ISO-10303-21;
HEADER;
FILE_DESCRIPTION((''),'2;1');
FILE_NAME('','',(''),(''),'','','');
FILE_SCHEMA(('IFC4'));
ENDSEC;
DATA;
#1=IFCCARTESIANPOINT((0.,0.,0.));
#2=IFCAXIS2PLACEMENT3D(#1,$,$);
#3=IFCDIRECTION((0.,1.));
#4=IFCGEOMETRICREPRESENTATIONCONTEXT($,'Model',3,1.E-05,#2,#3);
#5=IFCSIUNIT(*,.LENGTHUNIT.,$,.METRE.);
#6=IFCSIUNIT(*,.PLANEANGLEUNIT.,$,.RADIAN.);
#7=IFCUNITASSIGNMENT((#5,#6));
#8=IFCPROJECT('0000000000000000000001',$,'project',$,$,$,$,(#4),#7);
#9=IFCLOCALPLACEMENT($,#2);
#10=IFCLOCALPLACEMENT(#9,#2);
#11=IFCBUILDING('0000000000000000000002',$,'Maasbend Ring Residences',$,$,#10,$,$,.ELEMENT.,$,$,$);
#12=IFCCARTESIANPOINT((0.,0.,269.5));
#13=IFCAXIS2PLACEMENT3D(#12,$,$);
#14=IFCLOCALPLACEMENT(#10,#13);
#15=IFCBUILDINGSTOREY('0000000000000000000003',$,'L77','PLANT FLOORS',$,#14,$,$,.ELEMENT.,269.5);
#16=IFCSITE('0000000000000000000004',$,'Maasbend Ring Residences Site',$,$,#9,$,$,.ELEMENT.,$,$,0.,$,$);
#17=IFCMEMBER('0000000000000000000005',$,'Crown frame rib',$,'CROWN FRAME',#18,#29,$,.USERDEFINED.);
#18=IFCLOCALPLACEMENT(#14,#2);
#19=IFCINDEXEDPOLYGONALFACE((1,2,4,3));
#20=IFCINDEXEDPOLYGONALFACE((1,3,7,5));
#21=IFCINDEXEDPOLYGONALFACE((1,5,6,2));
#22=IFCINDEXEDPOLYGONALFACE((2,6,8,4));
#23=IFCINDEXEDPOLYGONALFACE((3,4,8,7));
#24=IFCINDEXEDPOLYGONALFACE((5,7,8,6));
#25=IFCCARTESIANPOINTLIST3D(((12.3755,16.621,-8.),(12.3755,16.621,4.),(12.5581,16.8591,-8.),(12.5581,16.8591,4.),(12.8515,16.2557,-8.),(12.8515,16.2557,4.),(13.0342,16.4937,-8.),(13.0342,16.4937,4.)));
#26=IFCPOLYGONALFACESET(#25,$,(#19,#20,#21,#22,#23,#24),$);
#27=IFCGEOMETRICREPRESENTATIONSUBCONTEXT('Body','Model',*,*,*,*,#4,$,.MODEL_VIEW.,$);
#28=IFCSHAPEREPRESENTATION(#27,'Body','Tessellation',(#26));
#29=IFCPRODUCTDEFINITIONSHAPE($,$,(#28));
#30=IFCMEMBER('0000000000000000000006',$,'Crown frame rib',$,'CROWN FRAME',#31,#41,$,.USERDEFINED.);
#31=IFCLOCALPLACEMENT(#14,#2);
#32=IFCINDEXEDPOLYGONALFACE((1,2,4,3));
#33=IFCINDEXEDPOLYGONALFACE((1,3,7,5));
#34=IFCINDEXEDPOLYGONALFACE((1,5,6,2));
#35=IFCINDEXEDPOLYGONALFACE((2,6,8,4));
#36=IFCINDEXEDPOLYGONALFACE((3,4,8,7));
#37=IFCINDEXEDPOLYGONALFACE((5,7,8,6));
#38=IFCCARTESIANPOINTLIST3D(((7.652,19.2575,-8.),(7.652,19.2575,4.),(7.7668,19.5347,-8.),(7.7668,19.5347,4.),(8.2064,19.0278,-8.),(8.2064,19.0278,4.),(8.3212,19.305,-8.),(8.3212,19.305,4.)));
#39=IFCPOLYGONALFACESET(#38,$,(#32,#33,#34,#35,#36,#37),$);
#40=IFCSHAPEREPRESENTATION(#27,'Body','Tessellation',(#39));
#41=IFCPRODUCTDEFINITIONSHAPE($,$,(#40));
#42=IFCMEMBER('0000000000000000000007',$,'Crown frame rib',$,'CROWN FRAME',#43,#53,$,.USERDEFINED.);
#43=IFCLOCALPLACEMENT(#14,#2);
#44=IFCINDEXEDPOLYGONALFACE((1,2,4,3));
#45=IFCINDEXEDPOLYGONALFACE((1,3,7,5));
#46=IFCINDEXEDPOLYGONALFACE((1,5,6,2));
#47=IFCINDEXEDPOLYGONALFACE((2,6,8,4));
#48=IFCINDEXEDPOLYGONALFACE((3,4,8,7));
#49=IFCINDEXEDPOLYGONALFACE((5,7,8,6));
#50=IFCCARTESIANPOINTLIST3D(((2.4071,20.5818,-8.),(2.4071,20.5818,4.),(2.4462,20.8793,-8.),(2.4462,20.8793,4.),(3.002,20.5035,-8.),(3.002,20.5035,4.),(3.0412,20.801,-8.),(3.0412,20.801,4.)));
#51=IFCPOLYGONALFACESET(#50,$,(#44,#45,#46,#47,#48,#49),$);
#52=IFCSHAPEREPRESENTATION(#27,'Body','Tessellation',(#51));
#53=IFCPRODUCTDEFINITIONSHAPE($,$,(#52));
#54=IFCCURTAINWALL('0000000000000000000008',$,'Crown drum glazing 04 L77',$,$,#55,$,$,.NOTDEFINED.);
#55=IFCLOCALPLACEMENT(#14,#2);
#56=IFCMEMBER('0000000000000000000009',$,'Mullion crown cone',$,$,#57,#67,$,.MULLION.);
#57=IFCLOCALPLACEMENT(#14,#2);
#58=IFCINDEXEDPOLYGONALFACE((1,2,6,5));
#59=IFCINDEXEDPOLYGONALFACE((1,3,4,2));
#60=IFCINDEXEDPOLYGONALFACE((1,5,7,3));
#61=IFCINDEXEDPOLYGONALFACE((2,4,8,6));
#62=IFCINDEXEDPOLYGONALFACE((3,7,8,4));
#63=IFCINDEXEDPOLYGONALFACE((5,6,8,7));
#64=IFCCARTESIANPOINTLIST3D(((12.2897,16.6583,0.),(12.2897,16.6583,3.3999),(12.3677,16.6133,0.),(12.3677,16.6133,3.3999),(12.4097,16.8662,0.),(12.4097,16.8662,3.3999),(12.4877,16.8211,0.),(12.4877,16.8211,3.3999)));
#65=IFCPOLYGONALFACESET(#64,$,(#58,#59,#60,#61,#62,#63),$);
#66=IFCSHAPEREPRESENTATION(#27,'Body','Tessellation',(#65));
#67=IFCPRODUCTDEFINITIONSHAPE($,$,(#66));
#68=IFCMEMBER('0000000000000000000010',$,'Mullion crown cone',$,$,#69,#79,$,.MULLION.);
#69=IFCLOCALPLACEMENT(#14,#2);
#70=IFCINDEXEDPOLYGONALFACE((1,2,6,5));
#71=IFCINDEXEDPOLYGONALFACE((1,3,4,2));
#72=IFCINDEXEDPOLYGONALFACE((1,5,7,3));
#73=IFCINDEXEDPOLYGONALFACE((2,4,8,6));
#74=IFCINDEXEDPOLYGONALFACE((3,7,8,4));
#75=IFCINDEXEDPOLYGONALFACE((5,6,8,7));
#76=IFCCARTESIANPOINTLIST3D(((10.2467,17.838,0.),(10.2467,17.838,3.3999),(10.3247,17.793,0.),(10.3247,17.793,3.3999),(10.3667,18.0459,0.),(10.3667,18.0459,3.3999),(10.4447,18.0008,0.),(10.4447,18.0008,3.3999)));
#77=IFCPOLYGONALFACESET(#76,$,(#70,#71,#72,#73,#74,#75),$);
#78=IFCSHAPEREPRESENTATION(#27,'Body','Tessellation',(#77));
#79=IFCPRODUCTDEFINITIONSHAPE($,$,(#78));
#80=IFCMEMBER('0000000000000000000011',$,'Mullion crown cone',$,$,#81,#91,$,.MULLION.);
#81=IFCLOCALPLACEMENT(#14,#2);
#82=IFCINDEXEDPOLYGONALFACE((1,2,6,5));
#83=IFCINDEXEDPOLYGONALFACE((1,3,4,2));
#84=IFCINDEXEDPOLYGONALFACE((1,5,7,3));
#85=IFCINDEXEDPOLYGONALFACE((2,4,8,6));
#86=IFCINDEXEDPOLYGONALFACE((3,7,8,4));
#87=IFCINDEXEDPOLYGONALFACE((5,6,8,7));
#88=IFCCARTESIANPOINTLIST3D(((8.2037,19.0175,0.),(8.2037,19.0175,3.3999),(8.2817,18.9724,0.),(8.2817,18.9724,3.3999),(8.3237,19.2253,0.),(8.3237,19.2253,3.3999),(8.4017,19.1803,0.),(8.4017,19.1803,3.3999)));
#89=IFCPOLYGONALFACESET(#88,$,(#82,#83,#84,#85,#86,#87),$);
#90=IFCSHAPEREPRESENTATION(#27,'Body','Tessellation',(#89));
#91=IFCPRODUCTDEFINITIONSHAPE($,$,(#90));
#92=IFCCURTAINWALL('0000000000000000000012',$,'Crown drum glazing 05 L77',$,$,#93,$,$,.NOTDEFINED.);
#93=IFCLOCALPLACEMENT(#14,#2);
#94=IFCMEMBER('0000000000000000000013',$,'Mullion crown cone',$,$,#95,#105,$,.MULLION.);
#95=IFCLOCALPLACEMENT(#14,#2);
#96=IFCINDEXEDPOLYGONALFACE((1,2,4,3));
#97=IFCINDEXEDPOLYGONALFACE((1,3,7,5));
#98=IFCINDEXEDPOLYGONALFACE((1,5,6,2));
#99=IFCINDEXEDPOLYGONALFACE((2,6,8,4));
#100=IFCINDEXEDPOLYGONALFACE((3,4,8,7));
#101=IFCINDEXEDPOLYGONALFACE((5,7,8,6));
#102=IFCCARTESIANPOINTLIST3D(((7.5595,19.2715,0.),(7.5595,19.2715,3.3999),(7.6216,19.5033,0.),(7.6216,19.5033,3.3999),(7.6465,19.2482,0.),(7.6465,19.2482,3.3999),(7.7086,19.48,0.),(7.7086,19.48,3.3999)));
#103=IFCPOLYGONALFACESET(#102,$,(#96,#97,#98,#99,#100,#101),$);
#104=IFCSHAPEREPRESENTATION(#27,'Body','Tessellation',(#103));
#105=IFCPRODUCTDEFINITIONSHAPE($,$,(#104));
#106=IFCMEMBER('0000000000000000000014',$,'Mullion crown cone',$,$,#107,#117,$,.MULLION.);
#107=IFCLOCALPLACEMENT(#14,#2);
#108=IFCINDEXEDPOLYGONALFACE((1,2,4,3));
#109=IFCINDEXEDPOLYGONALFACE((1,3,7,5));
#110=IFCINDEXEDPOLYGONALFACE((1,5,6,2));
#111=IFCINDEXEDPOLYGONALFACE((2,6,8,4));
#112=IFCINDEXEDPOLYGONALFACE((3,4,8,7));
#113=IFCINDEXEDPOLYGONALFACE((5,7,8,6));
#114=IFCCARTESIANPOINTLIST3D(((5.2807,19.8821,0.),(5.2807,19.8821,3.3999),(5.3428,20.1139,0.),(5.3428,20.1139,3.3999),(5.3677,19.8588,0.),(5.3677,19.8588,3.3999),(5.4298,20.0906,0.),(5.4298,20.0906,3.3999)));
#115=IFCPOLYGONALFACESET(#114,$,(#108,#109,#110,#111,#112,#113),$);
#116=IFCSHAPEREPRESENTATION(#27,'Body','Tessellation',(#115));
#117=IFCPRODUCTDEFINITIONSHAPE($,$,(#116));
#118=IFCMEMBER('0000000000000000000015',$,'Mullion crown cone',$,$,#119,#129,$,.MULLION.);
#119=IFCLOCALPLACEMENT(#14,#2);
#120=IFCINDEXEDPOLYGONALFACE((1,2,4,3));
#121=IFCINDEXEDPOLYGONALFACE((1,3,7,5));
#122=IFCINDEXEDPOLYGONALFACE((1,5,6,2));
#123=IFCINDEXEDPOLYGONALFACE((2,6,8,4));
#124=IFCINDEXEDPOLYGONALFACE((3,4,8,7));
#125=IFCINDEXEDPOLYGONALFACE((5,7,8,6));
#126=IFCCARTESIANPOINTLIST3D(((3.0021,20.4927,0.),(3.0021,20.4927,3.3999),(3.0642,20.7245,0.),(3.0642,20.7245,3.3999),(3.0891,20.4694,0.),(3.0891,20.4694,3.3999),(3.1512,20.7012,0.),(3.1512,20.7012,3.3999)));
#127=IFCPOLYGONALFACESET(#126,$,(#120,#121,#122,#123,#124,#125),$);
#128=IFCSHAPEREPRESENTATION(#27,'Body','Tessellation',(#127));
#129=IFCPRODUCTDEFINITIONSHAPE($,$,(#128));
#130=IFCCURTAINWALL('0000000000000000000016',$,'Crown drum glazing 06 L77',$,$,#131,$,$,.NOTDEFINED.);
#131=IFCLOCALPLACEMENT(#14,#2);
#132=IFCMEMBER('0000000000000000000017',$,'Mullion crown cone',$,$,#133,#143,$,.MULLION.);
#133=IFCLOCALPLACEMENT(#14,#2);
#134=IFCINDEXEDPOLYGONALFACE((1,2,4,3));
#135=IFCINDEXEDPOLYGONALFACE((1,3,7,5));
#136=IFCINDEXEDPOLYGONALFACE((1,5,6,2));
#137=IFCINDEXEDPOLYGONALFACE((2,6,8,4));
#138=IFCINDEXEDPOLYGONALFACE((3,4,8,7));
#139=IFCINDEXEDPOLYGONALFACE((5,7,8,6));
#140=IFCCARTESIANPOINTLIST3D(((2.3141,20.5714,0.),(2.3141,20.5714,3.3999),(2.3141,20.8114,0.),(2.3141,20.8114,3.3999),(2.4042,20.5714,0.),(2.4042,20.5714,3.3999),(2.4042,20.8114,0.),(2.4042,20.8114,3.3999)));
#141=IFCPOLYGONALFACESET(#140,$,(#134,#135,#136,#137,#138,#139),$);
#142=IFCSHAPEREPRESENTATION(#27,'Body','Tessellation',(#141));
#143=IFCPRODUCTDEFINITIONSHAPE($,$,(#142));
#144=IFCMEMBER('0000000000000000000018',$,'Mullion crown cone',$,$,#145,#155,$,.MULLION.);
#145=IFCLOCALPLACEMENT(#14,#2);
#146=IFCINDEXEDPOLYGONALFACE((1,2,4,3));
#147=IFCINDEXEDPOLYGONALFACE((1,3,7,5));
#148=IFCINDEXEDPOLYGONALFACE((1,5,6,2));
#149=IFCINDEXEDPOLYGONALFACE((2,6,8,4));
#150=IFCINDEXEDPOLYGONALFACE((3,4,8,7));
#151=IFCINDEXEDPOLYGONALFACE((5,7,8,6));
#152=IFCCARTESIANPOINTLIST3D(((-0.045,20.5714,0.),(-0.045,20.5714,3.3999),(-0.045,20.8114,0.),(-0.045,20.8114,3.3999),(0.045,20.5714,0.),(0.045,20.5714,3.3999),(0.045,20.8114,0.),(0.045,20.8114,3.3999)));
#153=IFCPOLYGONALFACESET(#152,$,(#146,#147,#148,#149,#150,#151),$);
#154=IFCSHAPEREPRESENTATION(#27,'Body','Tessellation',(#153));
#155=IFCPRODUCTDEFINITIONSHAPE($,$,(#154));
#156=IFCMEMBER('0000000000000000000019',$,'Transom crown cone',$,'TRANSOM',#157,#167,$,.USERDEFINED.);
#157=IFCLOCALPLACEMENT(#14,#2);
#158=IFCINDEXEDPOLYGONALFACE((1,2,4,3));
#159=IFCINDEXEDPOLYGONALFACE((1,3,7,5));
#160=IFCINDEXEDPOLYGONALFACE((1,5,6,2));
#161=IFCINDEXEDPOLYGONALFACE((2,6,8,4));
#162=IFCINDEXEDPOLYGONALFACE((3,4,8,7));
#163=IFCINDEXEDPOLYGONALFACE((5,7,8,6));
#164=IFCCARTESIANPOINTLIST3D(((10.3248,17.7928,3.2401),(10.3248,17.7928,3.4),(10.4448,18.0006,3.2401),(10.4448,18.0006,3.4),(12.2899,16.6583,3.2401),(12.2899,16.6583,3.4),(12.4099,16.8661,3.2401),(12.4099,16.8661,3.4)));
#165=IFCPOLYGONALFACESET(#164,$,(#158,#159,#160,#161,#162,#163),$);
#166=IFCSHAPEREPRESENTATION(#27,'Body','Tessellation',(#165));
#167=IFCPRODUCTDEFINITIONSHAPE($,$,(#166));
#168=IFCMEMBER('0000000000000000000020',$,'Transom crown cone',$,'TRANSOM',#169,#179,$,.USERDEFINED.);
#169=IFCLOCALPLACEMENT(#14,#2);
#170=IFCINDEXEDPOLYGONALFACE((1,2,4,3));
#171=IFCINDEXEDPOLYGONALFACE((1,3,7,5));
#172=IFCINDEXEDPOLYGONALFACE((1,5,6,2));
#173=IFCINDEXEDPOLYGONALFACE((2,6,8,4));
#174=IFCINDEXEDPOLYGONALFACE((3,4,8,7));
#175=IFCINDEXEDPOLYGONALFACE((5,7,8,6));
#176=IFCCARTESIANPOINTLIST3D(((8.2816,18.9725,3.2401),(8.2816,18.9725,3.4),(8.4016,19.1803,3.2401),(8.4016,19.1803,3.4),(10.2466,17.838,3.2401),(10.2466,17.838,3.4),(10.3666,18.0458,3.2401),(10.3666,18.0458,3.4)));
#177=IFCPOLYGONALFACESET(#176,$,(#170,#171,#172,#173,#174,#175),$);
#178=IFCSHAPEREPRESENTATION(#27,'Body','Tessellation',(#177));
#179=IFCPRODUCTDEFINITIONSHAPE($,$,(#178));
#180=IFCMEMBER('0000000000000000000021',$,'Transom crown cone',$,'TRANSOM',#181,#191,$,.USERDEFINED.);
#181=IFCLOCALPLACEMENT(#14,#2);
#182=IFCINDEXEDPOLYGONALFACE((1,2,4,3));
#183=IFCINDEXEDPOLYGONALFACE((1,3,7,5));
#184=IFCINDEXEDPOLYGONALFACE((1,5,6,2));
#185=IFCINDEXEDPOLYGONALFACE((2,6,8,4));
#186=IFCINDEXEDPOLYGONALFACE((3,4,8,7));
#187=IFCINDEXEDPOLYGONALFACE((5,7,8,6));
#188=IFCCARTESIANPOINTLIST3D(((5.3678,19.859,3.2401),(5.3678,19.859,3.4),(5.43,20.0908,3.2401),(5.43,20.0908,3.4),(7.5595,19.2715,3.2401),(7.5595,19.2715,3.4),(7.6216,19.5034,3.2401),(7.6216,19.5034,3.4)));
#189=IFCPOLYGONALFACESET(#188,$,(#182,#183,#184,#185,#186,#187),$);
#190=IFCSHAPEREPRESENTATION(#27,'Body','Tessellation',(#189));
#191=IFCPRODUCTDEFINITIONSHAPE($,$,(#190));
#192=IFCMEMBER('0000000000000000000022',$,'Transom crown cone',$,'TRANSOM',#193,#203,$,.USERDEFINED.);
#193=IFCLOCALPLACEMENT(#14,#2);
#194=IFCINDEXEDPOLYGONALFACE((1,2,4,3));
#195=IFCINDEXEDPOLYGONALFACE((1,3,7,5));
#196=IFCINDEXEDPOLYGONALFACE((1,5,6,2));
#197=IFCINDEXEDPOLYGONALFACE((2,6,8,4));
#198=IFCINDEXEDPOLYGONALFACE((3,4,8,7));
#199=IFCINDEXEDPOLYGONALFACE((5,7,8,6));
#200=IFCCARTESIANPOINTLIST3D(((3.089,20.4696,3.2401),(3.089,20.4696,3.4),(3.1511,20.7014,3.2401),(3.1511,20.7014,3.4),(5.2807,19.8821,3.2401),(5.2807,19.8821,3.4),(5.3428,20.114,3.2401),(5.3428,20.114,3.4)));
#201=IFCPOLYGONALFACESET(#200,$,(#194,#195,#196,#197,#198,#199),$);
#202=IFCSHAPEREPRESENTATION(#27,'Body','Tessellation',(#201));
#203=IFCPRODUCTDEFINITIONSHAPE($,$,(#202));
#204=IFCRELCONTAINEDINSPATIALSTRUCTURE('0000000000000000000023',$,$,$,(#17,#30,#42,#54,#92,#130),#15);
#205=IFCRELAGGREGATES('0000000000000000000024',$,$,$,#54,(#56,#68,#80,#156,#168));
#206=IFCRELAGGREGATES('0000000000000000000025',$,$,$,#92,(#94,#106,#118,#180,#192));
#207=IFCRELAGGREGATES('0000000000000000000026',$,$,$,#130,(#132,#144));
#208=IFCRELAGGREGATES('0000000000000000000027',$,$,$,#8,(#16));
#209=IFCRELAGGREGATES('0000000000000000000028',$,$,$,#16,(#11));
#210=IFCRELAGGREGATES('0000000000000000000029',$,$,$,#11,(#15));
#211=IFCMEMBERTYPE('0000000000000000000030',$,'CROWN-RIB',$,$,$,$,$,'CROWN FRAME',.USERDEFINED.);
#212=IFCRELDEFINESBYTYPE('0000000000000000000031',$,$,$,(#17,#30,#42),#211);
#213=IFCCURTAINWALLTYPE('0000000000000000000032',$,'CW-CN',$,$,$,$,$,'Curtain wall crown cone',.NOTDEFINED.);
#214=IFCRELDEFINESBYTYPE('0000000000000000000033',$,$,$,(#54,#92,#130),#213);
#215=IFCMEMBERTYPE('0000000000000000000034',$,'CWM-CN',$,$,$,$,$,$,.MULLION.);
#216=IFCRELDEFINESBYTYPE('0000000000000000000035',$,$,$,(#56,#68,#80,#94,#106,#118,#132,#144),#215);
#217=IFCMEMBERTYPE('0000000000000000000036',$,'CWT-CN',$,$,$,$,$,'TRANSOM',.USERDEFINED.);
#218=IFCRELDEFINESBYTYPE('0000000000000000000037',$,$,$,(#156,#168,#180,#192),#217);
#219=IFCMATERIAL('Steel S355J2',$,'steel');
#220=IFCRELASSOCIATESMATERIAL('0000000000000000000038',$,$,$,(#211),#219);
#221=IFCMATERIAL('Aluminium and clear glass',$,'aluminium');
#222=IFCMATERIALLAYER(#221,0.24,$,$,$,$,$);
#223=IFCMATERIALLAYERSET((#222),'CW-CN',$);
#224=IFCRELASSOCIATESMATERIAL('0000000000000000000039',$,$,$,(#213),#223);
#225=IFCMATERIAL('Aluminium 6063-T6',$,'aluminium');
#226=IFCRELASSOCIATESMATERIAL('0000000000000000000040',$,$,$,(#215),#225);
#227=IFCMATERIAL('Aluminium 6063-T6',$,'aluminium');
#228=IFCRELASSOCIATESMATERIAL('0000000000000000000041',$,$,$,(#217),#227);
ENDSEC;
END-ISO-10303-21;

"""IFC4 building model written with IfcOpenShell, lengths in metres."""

from ifc_helpers import new_model, si_unit, direction, frame, origin, origin_2d, place, context, subcontext, project, spatial, rectangle, extrude, material, layer, layer_set, material_profile, profile_set, type_object, element, aggregate, save


model = new_model("IFC4")

# Units and contexts
model_context = context("Model", 3, precision=1e-05, world=origin(), true_north=direction((0.0, 1.0)))
body_context = subcontext(model_context, "Body", "Model", "MODEL_VIEW")
ifc_project = project(units=[si_unit("LENGTHUNIT", "METRE"), si_unit("PLANEANGLEUNIT", "RADIAN")], contexts=[model_context])

# Site, building, storey
site_placement = place(None, origin())
site = spatial("IfcSite", under=ifc_project, at=site_placement, Name="Maasbend Ring Residences Site", CompositionType="ELEMENT", RefElevation=0.0)
building_placement = place(site_placement, origin())
building = spatial("IfcBuilding", under=site, at=building_placement, Name="Maasbend Ring Residences", CompositionType="ELEMENT")
storey_placement = place(building_placement, frame((0.0, 0.0, 269.5)))
storey = spatial("IfcBuildingStorey", under=building, at=storey_placement, Name="L77", Description="PLANT FLOORS", CompositionType="ELEMENT", Elevation=269.5)

# Members
ifc_material_1 = material(Name="Steel S355J2", Category="steel")
ifc_material_profile_1 = material_profile(ifc_material_1, rectangle(XDim=0.3, YDim=0.6001, at=origin_2d()), Name="Box 300x600x12")
ifc_profile_set_1 = profile_set([ifc_material_profile_1], Name="Steel S355J2")
member_type_1 = type_object("IfcMemberType", Name="CROWN-RIB", ElementType="CROWN FRAME", PredefinedType="USERDEFINED", material=ifc_profile_set_1)
for number, where, z_axis, x_axis, name in (
    (1, (12.7048, 16.5574, -8.0), (0.0, 0.0, 1.0), (0.608761, 0.793353, 0.0), "Crown frame rib"),
    (2, (7.9866, 19.2812, -8.0), (0.0, 0.0, 1.0), (0.382683, 0.92388, 0.0), "Crown frame rib"),
    (3, (2.7241, 20.6914, -8.0), (0.0, 0.0, 1.0), (0.130526, 0.991445, 0.0), "Crown frame rib"),
):
    element("IfcMember", number, at=place(storey_placement, frame(where, z_axis=z_axis, x_axis=x_axis)), inside=storey, type_object=member_type_1, Name=name, ObjectType="CROWN FRAME", PredefinedType="USERDEFINED", context=body_context, shape_type="SweptSolid", body=[
        extrude(rectangle(XDim=0.3, YDim=0.6001, at=origin_2d()), origin(), (0.0, 0.0, 1.0), 12.0),
    ])

# Curtain walls, members
ifc_material_2 = material(Name="Aluminium and clear glass", Category="aluminium")
ifc_layer_1 = layer(ifc_material_2, 0.24)
ifc_layer_set_1 = layer_set([ifc_layer_1], Name="CW-CN")
curtain_wall_type = type_object("IfcCurtainWallType", Name="CW-CN", ElementType="Curtain wall crown cone", PredefinedType="NOTDEFINED", material=ifc_layer_set_1)
curtain_wall_1_placement = place(storey_placement, origin())
curtain_wall_1 = element("IfcCurtainWall", 4, at=curtain_wall_1_placement, inside=storey, type_object=curtain_wall_type, Name="Crown drum glazing 04 L77", PredefinedType="NOTDEFINED")
ifc_material_3 = material(Name="Aluminium 6063-T6", Category="aluminium")
ifc_material_profile_2 = material_profile(ifc_material_3, rectangle(XDim=0.24, YDim=0.0901, at=origin_2d()), Name="AL 240x90")
ifc_profile_set_2 = profile_set([ifc_material_profile_2], Name="Aluminium 6063-T6")
member_type_2 = type_object("IfcMemberType", Name="CWM-CN", PredefinedType="MULLION", material=ifc_profile_set_2)
member_1_placement = place(storey_placement, frame((12.3887, 16.7397, 0.0), z_axis=(0.0, 0.0, 1.0), x_axis=(-0.5, -0.866025, 0.0)))
member_1 = element("IfcMember", 5, at=member_1_placement, type_object=member_type_2, Name="Mullion crown cone", PredefinedType="MULLION", context=body_context, shape_type="SweptSolid", body=[
    extrude(rectangle(XDim=0.24, YDim=0.0901, at=origin_2d()), origin(), (0.0, 0.0, 1.0), 3.3999),
])
member_2_placement = place(storey_placement, frame((10.3457, 17.9194, 0.0), z_axis=(0.0, 0.0, 1.0), x_axis=(-0.5, -0.866025, 0.0)))
member_2 = element("IfcMember", 6, at=member_2_placement, type_object=member_type_2, Name="Mullion crown cone", PredefinedType="MULLION", context=body_context, shape_type="SweptSolid", body=[
    extrude(rectangle(XDim=0.24, YDim=0.0901, at=origin_2d()), origin(), (0.0, 0.0, 1.0), 3.3999),
])
member_3_placement = place(storey_placement, frame((8.3027, 19.0989, 0.0), z_axis=(0.0, 0.0, 1.0), x_axis=(-0.5, -0.866025, 0.0)))
member_3 = element("IfcMember", 7, at=member_3_placement, type_object=member_type_2, Name="Mullion crown cone", PredefinedType="MULLION", context=body_context, shape_type="SweptSolid", body=[
    extrude(rectangle(XDim=0.24, YDim=0.0901, at=origin_2d()), origin(), (0.0, 0.0, 1.0), 3.3999),
])
curtain_wall_2_placement = place(storey_placement, origin())
curtain_wall_2 = element("IfcCurtainWall", 8, at=curtain_wall_2_placement, inside=storey, type_object=curtain_wall_type, Name="Crown drum glazing 05 L77", PredefinedType="NOTDEFINED")
member_4_placement = place(storey_placement, frame((7.634, 19.3757, 0.0), z_axis=(0.0, 0.0, 1.0), x_axis=(-0.258819, -0.965926, 0.0)))
member_4 = element("IfcMember", 9, at=member_4_placement, type_object=member_type_2, Name="Mullion crown cone", PredefinedType="MULLION", context=body_context, shape_type="SweptSolid", body=[
    extrude(rectangle(XDim=0.24, YDim=0.0901, at=origin_2d()), origin(), (0.0, 0.0, 1.0), 3.3999),
])
member_5_placement = place(storey_placement, frame((5.3552, 19.9863, 0.0), z_axis=(0.0, 0.0, 1.0), x_axis=(-0.258819, -0.965926, 0.0)))
member_5 = element("IfcMember", 10, at=member_5_placement, type_object=member_type_2, Name="Mullion crown cone", PredefinedType="MULLION", context=body_context, shape_type="SweptSolid", body=[
    extrude(rectangle(XDim=0.24, YDim=0.0901, at=origin_2d()), origin(), (0.0, 0.0, 1.0), 3.3999),
])
member_6_placement = place(storey_placement, frame((3.0767, 20.5969, 0.0), z_axis=(0.0, 0.0, 1.0), x_axis=(-0.258819, -0.965926, 0.0)))
member_6 = element("IfcMember", 11, at=member_6_placement, type_object=member_type_2, Name="Mullion crown cone", PredefinedType="MULLION", context=body_context, shape_type="SweptSolid", body=[
    extrude(rectangle(XDim=0.24, YDim=0.0901, at=origin_2d()), origin(), (0.0, 0.0, 1.0), 3.3999),
])
curtain_wall_3_placement = place(storey_placement, origin())
curtain_wall_3 = element("IfcCurtainWall", 12, at=curtain_wall_3_placement, inside=storey, type_object=curtain_wall_type, Name="Crown drum glazing 06 L77", PredefinedType="NOTDEFINED")
member_7_placement = place(storey_placement, frame((2.3591, 20.6914, 0.0), z_axis=(0.0, 0.0, 1.0), x_axis=(0.0, -1.0, 0.0)))
member_7 = element("IfcMember", 13, at=member_7_placement, type_object=member_type_2, Name="Mullion crown cone", PredefinedType="MULLION", context=body_context, shape_type="SweptSolid", body=[
    extrude(rectangle(XDim=0.24, YDim=0.0901, at=origin_2d()), origin(), (0.0, 0.0, 1.0), 3.3999),
])
member_8_placement = place(storey_placement, frame((0.0, 20.6914, 0.0), z_axis=(0.0, 0.0, 1.0), x_axis=(0.0, -1.0, 0.0)))
member_8 = element("IfcMember", 14, at=member_8_placement, type_object=member_type_2, Name="Mullion crown cone", PredefinedType="MULLION", context=body_context, shape_type="SweptSolid", body=[
    extrude(rectangle(XDim=0.24, YDim=0.0901, at=origin_2d()), origin(), (0.0, 0.0, 1.0), 3.3999),
])

# Members
ifc_material_4 = material(Name="Aluminium 6063-T6", Category="aluminium")
ifc_material_profile_3 = material_profile(ifc_material_4, rectangle(XDim=0.24, YDim=0.1599, at=origin_2d()), Name="AL 240x160")
ifc_profile_set_3 = profile_set([ifc_material_profile_3], Name="Aluminium 6063-T6")
member_type_3 = type_object("IfcMemberType", Name="CWT-CN", ElementType="TRANSOM", PredefinedType="USERDEFINED", material=ifc_profile_set_3)
member_9_placement = place(storey_placement, frame((12.3499, 16.7622, 3.3201), z_axis=(-0.86603, 0.499993, 0.0), x_axis=(-0.499993, -0.86603, 0.0)))
member_9 = element("IfcMember", 15, at=member_9_placement, type_object=member_type_3, Name="Transom crown cone", ObjectType="TRANSOM", PredefinedType="USERDEFINED", context=body_context, shape_type="SweptSolid", body=[
    extrude(rectangle(XDim=0.24, YDim=0.1599, at=origin_2d()), origin(), (0.0, 0.0, 1.0), 2.269),
])
member_10_placement = place(storey_placement, frame((10.3066, 17.9419, 3.3201), z_axis=(-0.86603, 0.499993, 0.0), x_axis=(-0.499993, -0.86603, 0.0)))
member_10 = element("IfcMember", 16, at=member_10_placement, type_object=member_type_3, Name="Transom crown cone", ObjectType="TRANSOM", PredefinedType="USERDEFINED", context=body_context, shape_type="SweptSolid", body=[
    extrude(rectangle(XDim=0.24, YDim=0.1599, at=origin_2d()), origin(), (0.0, 0.0, 1.0), 2.269),
])
member_11_placement = place(storey_placement, frame((7.5906, 19.3875, 3.3201), z_axis=(-0.965909, 0.258881, 0.0), x_axis=(-0.258881, -0.965909, 0.0)))
member_11 = element("IfcMember", 17, at=member_11_placement, type_object=member_type_3, Name="Transom crown cone", ObjectType="TRANSOM", PredefinedType="USERDEFINED", context=body_context, shape_type="SweptSolid", body=[
    extrude(rectangle(XDim=0.24, YDim=0.1599, at=origin_2d()), origin(), (0.0, 0.0, 1.0), 2.269),
])
member_12_placement = place(storey_placement, frame((5.3118, 19.998, 3.3201), z_axis=(-0.965909, 0.258881, 0.0), x_axis=(-0.258881, -0.965909, 0.0)))
member_12 = element("IfcMember", 18, at=member_12_placement, type_object=member_type_3, Name="Transom crown cone", ObjectType="TRANSOM", PredefinedType="USERDEFINED", context=body_context, shape_type="SweptSolid", body=[
    extrude(rectangle(XDim=0.24, YDim=0.1599, at=origin_2d()), origin(), (0.0, 0.0, 1.0), 2.269),
])

aggregate(curtain_wall_1, [member_1, member_2, member_3, member_9, member_10])
aggregate(curtain_wall_2, [member_4, member_5, member_6, member_11, member_12])
aggregate(curtain_wall_3, [member_7, member_8])

save(model, "model.ifc")
